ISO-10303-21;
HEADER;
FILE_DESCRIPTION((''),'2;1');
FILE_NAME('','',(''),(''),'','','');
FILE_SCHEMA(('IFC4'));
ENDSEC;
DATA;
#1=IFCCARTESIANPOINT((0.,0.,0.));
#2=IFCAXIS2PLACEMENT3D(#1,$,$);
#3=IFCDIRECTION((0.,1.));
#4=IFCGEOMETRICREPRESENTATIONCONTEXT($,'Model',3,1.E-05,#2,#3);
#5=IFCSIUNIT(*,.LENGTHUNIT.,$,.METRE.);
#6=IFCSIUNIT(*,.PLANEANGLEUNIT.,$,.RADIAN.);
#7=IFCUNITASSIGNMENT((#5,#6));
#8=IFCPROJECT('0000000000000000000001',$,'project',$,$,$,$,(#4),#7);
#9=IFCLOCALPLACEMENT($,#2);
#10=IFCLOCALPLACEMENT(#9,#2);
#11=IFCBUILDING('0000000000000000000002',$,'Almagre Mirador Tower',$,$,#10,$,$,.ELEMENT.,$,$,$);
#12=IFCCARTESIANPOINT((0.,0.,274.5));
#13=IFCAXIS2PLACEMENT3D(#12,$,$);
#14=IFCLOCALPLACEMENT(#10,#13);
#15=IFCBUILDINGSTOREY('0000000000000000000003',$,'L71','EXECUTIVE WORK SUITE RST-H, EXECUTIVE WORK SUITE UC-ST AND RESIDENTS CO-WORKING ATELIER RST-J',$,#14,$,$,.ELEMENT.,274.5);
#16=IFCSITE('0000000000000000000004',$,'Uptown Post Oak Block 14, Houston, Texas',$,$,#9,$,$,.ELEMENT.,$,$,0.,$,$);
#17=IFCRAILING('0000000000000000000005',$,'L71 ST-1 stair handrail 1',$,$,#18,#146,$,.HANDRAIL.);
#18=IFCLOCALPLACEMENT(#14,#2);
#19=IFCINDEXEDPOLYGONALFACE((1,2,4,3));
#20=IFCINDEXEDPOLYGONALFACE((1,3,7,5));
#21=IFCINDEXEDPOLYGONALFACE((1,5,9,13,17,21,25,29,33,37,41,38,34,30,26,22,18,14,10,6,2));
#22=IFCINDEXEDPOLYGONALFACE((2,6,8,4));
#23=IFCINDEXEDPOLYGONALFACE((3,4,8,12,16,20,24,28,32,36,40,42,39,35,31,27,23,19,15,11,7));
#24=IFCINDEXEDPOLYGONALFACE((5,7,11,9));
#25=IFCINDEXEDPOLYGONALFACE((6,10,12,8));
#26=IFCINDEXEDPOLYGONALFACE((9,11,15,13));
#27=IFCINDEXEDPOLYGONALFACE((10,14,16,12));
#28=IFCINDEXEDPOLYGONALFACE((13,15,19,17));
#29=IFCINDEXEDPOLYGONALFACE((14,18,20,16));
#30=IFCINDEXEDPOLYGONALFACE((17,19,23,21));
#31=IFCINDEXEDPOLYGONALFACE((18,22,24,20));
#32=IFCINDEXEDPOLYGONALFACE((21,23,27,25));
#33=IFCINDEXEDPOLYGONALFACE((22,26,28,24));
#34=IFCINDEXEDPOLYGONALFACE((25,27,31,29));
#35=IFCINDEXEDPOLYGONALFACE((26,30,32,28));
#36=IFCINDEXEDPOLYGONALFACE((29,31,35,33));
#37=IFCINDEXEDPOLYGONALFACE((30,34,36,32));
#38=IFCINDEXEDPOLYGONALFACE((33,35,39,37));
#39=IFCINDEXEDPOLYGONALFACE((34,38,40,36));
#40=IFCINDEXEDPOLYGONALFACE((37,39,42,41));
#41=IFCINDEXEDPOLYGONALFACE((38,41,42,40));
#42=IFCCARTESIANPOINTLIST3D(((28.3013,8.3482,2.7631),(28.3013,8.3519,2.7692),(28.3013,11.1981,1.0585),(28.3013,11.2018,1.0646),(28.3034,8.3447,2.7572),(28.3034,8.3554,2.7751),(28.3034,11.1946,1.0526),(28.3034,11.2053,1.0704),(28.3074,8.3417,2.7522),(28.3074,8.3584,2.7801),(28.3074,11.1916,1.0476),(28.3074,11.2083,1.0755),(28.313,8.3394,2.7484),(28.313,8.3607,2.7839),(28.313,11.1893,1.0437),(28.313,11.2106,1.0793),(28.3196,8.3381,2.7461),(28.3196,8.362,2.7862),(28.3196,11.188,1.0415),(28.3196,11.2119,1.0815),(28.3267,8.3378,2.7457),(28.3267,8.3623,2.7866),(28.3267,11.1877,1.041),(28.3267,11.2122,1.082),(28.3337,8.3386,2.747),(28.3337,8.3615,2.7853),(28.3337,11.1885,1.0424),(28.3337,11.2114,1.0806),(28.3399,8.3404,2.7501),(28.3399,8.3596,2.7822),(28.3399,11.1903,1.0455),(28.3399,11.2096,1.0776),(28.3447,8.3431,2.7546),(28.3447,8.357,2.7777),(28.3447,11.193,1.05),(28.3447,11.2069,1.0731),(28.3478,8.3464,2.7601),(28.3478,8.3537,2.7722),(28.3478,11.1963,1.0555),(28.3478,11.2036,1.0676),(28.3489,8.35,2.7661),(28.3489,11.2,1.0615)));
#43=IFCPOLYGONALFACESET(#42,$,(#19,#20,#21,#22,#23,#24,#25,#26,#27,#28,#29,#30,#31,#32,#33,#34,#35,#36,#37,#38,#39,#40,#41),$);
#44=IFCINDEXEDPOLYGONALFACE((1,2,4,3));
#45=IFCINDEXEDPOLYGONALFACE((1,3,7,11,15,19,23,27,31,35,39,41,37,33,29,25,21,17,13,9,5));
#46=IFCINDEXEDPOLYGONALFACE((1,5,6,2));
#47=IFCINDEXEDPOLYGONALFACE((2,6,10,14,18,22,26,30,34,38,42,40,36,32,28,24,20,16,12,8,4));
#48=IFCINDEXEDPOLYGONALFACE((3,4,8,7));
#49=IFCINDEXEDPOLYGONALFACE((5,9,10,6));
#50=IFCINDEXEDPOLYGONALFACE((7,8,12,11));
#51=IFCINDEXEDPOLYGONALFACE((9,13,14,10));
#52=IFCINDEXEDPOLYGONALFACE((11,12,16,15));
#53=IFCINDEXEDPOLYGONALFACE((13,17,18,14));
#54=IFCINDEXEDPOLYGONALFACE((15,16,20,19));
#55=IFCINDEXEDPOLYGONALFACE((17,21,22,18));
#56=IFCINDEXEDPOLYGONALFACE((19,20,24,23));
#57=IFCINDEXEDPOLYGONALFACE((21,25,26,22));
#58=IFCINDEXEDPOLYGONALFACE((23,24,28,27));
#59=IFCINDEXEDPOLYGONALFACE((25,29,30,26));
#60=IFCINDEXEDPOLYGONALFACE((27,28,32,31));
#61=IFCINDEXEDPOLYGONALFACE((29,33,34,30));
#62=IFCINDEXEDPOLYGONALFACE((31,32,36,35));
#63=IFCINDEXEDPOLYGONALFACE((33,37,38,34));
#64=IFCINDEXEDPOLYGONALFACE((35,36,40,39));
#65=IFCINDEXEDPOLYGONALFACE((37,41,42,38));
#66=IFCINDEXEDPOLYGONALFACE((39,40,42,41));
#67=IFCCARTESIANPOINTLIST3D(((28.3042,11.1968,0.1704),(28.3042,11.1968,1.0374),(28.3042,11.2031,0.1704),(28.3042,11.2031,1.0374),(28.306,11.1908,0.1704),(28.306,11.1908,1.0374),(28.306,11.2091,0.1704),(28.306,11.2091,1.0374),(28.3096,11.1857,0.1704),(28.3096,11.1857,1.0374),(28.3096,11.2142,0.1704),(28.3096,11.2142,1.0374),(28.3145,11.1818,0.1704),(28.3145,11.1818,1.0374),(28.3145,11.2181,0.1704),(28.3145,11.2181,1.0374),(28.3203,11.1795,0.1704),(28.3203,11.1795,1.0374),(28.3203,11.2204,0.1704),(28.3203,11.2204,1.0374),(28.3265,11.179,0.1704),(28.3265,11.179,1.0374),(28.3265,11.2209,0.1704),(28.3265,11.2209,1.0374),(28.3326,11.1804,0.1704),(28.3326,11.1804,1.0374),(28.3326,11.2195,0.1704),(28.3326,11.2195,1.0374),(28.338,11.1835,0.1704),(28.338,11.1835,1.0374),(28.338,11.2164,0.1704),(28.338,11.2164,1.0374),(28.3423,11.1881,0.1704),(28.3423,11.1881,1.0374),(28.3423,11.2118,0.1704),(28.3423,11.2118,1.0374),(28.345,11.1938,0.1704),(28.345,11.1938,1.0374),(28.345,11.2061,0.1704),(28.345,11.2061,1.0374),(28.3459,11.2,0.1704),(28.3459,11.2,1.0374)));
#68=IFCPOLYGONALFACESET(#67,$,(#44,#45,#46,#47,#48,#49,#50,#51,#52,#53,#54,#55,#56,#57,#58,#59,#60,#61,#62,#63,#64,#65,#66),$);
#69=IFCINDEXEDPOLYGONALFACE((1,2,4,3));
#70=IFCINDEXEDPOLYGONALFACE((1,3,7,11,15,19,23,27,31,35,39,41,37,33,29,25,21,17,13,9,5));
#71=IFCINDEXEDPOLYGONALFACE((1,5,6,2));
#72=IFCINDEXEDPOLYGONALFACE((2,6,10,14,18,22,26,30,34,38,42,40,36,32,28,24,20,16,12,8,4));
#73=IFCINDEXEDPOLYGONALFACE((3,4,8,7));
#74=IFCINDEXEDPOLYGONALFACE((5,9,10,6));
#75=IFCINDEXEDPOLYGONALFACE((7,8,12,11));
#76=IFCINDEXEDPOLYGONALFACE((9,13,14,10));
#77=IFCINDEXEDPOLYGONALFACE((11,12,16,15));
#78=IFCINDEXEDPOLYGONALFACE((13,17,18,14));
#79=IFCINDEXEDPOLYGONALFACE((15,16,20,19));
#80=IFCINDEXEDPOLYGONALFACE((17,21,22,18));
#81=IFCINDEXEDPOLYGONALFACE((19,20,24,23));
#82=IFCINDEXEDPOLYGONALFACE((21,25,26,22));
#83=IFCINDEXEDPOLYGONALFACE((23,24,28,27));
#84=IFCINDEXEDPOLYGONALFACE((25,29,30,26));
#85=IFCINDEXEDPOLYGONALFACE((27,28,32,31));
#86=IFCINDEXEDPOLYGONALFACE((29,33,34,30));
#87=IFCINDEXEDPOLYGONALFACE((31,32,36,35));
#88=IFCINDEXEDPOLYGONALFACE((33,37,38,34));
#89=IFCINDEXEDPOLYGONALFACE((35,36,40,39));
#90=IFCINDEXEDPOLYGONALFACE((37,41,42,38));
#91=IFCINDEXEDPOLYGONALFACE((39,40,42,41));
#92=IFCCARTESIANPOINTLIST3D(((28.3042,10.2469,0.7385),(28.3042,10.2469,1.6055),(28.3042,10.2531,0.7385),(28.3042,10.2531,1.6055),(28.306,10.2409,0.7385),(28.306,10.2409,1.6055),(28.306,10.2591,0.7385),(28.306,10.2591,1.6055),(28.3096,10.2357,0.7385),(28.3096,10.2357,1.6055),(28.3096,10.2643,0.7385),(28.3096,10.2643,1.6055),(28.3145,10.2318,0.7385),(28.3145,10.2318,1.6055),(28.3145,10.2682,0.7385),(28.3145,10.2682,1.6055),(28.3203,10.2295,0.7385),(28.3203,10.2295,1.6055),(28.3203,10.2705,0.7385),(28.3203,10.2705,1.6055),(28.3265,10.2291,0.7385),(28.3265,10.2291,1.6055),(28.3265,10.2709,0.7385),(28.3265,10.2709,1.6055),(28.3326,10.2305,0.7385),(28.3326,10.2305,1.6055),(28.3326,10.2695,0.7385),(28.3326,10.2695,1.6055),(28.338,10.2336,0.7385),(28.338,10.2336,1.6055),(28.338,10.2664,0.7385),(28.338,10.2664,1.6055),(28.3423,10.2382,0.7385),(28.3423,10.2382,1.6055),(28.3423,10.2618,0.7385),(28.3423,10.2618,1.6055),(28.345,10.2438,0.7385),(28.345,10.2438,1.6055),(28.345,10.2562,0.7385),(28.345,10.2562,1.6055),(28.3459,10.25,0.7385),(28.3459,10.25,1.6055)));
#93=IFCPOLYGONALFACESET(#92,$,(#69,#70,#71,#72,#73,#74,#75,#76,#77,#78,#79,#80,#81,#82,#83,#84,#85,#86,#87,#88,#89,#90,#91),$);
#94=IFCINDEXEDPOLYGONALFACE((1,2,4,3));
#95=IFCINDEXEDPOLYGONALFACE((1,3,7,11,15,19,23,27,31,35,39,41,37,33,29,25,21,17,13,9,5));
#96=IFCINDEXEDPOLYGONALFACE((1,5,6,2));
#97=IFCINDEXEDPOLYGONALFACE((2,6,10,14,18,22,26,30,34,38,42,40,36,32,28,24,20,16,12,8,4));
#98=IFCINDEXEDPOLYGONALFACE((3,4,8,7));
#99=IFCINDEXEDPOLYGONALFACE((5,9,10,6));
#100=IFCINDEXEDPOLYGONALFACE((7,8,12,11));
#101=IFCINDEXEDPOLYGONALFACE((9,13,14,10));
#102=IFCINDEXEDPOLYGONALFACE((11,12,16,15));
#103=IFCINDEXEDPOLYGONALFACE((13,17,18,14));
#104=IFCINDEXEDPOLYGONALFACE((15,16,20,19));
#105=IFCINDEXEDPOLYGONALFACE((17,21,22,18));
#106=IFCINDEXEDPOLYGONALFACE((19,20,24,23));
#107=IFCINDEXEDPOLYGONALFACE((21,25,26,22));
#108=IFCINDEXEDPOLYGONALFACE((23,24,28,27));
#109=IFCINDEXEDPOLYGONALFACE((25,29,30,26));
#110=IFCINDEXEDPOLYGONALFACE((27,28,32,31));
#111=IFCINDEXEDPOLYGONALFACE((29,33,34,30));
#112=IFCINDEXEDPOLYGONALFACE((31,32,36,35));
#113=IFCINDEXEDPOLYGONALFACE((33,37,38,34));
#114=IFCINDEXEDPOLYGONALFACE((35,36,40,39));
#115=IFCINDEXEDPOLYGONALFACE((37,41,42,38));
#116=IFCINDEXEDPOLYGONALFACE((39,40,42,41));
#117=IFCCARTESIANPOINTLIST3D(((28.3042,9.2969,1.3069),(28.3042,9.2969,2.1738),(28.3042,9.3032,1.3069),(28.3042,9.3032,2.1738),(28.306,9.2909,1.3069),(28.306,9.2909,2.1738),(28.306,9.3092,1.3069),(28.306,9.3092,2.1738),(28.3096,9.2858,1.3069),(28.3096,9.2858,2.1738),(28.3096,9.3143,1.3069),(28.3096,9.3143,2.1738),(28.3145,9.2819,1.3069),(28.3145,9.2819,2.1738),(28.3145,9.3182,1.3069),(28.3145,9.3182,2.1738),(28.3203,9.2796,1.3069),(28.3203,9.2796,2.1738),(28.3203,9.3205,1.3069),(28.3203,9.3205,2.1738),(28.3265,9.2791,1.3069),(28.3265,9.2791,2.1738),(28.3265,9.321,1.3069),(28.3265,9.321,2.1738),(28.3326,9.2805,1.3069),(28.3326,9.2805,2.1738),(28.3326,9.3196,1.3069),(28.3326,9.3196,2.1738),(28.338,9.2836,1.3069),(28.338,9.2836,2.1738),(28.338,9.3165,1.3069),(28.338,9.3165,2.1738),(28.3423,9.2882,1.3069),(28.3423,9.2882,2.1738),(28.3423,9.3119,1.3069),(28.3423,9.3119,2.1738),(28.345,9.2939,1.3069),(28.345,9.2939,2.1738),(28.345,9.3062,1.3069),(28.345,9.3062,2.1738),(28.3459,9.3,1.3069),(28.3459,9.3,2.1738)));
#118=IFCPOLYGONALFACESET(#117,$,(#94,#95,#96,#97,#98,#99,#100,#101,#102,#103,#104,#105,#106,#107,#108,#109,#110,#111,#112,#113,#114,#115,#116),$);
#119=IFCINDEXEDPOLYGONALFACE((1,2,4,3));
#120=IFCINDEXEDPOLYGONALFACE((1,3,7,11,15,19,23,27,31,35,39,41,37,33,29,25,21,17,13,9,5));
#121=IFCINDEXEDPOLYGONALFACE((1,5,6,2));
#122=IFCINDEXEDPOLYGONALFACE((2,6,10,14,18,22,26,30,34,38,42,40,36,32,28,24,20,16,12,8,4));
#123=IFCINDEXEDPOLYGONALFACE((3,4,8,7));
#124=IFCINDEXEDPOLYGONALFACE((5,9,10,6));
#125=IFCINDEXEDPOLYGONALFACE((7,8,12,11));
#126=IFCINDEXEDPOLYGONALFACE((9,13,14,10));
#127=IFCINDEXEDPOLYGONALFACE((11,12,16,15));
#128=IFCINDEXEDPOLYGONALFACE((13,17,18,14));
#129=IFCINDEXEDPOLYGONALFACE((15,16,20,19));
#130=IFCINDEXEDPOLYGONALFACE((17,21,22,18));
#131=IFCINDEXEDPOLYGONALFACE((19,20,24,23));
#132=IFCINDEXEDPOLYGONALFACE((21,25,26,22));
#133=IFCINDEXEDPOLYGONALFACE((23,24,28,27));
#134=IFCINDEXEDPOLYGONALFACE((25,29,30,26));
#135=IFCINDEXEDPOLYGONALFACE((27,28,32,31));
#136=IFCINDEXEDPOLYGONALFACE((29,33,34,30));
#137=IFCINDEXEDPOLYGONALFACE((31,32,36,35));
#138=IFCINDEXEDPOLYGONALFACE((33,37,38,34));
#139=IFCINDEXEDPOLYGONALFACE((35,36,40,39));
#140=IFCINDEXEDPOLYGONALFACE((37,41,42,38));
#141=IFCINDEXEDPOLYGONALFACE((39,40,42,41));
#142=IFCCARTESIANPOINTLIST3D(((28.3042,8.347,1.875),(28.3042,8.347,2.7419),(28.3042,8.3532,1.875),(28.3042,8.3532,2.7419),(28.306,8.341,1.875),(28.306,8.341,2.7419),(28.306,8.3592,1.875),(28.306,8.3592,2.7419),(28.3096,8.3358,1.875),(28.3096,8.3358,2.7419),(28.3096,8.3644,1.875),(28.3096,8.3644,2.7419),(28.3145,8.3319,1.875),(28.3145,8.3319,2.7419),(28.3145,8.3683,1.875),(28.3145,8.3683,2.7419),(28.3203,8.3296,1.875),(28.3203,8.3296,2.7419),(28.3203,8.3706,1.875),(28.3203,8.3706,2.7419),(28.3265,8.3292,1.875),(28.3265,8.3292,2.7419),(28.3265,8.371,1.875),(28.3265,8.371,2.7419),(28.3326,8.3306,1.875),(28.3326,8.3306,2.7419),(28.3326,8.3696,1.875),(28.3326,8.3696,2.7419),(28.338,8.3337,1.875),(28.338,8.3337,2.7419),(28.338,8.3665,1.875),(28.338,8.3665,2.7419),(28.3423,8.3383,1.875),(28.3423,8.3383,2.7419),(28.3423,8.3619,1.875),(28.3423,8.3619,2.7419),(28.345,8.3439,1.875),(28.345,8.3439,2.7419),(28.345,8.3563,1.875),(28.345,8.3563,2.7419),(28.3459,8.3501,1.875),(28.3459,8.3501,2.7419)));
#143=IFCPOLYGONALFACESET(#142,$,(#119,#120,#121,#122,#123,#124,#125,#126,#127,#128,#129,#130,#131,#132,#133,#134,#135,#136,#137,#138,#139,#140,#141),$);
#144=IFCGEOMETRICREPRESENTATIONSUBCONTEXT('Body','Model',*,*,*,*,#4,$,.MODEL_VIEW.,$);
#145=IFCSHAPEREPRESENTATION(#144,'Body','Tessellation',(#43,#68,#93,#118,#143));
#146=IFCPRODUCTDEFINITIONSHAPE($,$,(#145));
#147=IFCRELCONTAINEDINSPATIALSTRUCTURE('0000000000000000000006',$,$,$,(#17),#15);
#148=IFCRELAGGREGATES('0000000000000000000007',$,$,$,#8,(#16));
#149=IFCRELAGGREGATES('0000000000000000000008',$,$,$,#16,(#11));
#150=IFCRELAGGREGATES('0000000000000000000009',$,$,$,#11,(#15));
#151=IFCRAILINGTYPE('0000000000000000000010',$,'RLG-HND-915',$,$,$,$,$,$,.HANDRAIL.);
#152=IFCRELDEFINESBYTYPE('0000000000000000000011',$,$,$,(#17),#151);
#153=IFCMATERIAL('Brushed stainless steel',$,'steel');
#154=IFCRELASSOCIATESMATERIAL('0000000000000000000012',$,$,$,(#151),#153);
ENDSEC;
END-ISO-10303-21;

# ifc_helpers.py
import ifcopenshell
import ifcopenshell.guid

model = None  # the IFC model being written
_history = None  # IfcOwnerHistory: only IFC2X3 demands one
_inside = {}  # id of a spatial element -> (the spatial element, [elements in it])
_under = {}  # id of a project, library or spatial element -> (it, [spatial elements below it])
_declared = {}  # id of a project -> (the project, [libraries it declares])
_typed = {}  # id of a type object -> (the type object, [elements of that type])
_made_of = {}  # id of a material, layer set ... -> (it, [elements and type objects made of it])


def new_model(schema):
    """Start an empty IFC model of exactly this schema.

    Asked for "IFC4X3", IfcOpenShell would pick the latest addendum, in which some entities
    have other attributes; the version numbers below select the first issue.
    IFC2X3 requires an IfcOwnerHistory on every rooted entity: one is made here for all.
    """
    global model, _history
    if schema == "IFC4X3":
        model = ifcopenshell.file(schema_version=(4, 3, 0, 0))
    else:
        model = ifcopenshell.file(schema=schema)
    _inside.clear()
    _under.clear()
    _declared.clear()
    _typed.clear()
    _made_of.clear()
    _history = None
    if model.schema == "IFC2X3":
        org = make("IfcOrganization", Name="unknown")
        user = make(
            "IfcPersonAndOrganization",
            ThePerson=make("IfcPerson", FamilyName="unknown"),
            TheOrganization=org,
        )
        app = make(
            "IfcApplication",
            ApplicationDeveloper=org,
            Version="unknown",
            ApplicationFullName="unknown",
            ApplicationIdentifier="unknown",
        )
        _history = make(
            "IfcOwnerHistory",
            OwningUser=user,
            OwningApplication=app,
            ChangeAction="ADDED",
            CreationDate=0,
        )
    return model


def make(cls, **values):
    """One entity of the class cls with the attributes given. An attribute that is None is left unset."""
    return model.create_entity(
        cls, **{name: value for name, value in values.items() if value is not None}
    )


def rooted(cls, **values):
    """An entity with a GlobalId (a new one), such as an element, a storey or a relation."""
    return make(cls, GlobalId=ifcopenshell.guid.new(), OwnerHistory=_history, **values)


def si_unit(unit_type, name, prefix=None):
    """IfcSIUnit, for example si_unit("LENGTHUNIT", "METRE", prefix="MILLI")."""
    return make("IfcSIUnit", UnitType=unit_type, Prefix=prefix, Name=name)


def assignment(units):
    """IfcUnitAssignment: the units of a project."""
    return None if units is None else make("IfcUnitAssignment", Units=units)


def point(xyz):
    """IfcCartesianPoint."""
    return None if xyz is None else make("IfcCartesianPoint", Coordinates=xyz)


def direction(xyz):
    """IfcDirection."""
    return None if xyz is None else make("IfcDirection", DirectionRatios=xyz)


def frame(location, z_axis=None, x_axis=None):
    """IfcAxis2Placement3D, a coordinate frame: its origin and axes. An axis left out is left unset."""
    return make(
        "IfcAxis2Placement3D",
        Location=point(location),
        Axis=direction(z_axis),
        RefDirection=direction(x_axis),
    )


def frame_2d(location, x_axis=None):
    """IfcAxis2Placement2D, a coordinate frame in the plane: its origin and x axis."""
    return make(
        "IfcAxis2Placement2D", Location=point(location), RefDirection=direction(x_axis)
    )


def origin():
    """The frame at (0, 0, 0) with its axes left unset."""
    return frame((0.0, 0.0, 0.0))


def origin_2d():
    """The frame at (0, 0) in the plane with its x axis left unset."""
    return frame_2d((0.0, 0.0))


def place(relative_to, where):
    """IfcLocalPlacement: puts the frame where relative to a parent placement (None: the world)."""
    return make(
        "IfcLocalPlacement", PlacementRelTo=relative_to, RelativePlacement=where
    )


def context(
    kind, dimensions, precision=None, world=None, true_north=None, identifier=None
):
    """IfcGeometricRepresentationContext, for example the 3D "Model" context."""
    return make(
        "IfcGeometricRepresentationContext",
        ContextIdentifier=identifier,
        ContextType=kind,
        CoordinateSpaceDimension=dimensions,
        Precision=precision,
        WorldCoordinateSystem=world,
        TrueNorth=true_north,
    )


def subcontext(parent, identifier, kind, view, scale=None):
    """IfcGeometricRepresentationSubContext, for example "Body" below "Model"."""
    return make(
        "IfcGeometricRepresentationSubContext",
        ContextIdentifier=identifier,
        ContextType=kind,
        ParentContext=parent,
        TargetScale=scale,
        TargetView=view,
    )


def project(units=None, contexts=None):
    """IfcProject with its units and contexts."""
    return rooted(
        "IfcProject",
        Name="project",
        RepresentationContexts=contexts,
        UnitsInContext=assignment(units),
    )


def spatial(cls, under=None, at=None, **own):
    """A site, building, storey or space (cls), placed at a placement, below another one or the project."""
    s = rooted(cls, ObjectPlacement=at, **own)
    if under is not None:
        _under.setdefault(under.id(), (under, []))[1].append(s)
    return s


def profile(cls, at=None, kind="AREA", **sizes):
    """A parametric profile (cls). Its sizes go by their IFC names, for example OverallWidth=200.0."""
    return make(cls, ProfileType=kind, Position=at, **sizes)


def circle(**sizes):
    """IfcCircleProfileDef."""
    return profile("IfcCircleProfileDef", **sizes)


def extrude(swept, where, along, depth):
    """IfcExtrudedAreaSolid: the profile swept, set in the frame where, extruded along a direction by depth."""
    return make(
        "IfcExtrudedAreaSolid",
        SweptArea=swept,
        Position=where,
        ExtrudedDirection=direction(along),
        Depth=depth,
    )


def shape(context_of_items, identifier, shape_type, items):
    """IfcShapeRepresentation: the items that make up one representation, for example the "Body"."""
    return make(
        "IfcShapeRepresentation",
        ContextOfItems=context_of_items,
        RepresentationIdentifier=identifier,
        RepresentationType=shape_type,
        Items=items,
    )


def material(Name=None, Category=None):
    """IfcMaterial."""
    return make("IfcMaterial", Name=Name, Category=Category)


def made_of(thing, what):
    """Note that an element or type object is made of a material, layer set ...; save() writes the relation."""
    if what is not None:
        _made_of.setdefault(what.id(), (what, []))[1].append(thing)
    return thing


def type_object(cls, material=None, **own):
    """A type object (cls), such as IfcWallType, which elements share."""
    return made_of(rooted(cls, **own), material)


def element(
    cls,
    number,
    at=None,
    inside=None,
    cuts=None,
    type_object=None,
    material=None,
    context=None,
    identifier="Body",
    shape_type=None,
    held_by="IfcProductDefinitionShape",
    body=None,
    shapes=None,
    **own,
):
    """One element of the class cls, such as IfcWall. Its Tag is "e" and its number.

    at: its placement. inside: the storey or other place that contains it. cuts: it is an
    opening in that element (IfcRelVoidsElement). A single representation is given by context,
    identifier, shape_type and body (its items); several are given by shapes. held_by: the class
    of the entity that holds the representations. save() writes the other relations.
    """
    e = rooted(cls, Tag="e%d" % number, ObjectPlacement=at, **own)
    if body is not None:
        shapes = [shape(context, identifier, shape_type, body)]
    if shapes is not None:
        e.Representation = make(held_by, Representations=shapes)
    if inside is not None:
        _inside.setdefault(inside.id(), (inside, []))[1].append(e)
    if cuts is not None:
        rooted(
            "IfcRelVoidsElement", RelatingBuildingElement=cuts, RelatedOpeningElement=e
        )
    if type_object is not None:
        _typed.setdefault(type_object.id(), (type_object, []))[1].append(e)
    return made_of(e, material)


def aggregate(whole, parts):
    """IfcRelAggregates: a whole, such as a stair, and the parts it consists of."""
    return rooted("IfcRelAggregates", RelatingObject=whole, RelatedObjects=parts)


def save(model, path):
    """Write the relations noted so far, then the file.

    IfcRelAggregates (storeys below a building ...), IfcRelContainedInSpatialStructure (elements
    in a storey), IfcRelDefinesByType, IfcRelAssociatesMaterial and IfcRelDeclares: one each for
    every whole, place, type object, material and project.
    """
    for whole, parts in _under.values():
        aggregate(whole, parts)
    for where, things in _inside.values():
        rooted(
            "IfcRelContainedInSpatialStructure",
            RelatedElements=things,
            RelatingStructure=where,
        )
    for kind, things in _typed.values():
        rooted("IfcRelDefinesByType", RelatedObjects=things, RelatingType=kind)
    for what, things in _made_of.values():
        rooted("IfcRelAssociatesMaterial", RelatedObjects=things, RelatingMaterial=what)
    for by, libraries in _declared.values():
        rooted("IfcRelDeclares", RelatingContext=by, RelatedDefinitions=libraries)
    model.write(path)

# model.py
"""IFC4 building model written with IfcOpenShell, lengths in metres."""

from ifc_helpers import new_model, si_unit, direction, frame, origin, origin_2d, place, context, subcontext, project, spatial, circle, extrude, material, type_object, element, save


model = new_model("IFC4")

# Units and contexts
model_context = context("Model", 3, precision=1e-05, world=origin(), true_north=direction((0.0, 1.0)))
body_context = subcontext(model_context, "Body", "Model", "MODEL_VIEW")
ifc_project = project(units=[si_unit("LENGTHUNIT", "METRE"), si_unit("PLANEANGLEUNIT", "RADIAN")], contexts=[model_context])

# Site, building, storey
site_placement = place(None, origin())
site = spatial("IfcSite", under=ifc_project, at=site_placement, Name="Uptown Post Oak Block 14, Houston, Texas", CompositionType="ELEMENT", RefElevation=0.0)
building_placement = place(site_placement, origin())
building = spatial("IfcBuilding", under=site, at=building_placement, Name="Almagre Mirador Tower", CompositionType="ELEMENT")
storey_placement = place(building_placement, frame((0.0, 0.0, 274.5)))
storey = spatial("IfcBuildingStorey", under=building, at=storey_placement, Name="L71", Description="EXECUTIVE WORK SUITE RST-H, EXECUTIVE WORK SUITE UC-ST AND RESIDENTS CO-WORKING ATELIER RST-J", CompositionType="ELEMENT", Elevation=274.5)

# Railing
ifc_material_1 = material(Name="Brushed stainless steel", Category="steel")
railing_type_1 = type_object("IfcRailingType", Name="RLG-HND-915", PredefinedType="HANDRAIL", material=ifc_material_1)
railing_1_placement = place(storey_placement, frame((28.325, 11.2, 0.1704)))
element("IfcRailing", 1, at=railing_1_placement, inside=storey, type_object=railing_type_1, Name="L71 ST-1 stair handrail 1", PredefinedType="HANDRAIL", context=body_context, shape_type="SweptSolid", body=[
    extrude(circle(Radius=0.0239, at=origin_2d()), frame((0.0, 0.0, 0.8911), z_axis=(0.0, -0.858199, 0.513317), x_axis=(1.0, 0.0, 0.0)), (0.0, 0.0, 1.0), 3.3208),
    extrude(circle(Radius=0.021, at=origin_2d()), origin(), (0.0, 0.0, 1.0), 0.8669),
    extrude(circle(Radius=0.021, at=origin_2d()), frame((0.0, -0.95, 0.5681)), (0.0, 0.0, 1.0), 0.8669),
    extrude(circle(Radius=0.021, at=origin_2d()), frame((0.0, -1.8999, 1.1365)), (0.0, 0.0, 1.0), 0.8669),
    extrude(circle(Radius=0.021, at=origin_2d()), frame((0.0, -2.8499, 1.7046)), (0.0, 0.0, 1.0), 0.8669),
])

save(model, "model.ifc")
